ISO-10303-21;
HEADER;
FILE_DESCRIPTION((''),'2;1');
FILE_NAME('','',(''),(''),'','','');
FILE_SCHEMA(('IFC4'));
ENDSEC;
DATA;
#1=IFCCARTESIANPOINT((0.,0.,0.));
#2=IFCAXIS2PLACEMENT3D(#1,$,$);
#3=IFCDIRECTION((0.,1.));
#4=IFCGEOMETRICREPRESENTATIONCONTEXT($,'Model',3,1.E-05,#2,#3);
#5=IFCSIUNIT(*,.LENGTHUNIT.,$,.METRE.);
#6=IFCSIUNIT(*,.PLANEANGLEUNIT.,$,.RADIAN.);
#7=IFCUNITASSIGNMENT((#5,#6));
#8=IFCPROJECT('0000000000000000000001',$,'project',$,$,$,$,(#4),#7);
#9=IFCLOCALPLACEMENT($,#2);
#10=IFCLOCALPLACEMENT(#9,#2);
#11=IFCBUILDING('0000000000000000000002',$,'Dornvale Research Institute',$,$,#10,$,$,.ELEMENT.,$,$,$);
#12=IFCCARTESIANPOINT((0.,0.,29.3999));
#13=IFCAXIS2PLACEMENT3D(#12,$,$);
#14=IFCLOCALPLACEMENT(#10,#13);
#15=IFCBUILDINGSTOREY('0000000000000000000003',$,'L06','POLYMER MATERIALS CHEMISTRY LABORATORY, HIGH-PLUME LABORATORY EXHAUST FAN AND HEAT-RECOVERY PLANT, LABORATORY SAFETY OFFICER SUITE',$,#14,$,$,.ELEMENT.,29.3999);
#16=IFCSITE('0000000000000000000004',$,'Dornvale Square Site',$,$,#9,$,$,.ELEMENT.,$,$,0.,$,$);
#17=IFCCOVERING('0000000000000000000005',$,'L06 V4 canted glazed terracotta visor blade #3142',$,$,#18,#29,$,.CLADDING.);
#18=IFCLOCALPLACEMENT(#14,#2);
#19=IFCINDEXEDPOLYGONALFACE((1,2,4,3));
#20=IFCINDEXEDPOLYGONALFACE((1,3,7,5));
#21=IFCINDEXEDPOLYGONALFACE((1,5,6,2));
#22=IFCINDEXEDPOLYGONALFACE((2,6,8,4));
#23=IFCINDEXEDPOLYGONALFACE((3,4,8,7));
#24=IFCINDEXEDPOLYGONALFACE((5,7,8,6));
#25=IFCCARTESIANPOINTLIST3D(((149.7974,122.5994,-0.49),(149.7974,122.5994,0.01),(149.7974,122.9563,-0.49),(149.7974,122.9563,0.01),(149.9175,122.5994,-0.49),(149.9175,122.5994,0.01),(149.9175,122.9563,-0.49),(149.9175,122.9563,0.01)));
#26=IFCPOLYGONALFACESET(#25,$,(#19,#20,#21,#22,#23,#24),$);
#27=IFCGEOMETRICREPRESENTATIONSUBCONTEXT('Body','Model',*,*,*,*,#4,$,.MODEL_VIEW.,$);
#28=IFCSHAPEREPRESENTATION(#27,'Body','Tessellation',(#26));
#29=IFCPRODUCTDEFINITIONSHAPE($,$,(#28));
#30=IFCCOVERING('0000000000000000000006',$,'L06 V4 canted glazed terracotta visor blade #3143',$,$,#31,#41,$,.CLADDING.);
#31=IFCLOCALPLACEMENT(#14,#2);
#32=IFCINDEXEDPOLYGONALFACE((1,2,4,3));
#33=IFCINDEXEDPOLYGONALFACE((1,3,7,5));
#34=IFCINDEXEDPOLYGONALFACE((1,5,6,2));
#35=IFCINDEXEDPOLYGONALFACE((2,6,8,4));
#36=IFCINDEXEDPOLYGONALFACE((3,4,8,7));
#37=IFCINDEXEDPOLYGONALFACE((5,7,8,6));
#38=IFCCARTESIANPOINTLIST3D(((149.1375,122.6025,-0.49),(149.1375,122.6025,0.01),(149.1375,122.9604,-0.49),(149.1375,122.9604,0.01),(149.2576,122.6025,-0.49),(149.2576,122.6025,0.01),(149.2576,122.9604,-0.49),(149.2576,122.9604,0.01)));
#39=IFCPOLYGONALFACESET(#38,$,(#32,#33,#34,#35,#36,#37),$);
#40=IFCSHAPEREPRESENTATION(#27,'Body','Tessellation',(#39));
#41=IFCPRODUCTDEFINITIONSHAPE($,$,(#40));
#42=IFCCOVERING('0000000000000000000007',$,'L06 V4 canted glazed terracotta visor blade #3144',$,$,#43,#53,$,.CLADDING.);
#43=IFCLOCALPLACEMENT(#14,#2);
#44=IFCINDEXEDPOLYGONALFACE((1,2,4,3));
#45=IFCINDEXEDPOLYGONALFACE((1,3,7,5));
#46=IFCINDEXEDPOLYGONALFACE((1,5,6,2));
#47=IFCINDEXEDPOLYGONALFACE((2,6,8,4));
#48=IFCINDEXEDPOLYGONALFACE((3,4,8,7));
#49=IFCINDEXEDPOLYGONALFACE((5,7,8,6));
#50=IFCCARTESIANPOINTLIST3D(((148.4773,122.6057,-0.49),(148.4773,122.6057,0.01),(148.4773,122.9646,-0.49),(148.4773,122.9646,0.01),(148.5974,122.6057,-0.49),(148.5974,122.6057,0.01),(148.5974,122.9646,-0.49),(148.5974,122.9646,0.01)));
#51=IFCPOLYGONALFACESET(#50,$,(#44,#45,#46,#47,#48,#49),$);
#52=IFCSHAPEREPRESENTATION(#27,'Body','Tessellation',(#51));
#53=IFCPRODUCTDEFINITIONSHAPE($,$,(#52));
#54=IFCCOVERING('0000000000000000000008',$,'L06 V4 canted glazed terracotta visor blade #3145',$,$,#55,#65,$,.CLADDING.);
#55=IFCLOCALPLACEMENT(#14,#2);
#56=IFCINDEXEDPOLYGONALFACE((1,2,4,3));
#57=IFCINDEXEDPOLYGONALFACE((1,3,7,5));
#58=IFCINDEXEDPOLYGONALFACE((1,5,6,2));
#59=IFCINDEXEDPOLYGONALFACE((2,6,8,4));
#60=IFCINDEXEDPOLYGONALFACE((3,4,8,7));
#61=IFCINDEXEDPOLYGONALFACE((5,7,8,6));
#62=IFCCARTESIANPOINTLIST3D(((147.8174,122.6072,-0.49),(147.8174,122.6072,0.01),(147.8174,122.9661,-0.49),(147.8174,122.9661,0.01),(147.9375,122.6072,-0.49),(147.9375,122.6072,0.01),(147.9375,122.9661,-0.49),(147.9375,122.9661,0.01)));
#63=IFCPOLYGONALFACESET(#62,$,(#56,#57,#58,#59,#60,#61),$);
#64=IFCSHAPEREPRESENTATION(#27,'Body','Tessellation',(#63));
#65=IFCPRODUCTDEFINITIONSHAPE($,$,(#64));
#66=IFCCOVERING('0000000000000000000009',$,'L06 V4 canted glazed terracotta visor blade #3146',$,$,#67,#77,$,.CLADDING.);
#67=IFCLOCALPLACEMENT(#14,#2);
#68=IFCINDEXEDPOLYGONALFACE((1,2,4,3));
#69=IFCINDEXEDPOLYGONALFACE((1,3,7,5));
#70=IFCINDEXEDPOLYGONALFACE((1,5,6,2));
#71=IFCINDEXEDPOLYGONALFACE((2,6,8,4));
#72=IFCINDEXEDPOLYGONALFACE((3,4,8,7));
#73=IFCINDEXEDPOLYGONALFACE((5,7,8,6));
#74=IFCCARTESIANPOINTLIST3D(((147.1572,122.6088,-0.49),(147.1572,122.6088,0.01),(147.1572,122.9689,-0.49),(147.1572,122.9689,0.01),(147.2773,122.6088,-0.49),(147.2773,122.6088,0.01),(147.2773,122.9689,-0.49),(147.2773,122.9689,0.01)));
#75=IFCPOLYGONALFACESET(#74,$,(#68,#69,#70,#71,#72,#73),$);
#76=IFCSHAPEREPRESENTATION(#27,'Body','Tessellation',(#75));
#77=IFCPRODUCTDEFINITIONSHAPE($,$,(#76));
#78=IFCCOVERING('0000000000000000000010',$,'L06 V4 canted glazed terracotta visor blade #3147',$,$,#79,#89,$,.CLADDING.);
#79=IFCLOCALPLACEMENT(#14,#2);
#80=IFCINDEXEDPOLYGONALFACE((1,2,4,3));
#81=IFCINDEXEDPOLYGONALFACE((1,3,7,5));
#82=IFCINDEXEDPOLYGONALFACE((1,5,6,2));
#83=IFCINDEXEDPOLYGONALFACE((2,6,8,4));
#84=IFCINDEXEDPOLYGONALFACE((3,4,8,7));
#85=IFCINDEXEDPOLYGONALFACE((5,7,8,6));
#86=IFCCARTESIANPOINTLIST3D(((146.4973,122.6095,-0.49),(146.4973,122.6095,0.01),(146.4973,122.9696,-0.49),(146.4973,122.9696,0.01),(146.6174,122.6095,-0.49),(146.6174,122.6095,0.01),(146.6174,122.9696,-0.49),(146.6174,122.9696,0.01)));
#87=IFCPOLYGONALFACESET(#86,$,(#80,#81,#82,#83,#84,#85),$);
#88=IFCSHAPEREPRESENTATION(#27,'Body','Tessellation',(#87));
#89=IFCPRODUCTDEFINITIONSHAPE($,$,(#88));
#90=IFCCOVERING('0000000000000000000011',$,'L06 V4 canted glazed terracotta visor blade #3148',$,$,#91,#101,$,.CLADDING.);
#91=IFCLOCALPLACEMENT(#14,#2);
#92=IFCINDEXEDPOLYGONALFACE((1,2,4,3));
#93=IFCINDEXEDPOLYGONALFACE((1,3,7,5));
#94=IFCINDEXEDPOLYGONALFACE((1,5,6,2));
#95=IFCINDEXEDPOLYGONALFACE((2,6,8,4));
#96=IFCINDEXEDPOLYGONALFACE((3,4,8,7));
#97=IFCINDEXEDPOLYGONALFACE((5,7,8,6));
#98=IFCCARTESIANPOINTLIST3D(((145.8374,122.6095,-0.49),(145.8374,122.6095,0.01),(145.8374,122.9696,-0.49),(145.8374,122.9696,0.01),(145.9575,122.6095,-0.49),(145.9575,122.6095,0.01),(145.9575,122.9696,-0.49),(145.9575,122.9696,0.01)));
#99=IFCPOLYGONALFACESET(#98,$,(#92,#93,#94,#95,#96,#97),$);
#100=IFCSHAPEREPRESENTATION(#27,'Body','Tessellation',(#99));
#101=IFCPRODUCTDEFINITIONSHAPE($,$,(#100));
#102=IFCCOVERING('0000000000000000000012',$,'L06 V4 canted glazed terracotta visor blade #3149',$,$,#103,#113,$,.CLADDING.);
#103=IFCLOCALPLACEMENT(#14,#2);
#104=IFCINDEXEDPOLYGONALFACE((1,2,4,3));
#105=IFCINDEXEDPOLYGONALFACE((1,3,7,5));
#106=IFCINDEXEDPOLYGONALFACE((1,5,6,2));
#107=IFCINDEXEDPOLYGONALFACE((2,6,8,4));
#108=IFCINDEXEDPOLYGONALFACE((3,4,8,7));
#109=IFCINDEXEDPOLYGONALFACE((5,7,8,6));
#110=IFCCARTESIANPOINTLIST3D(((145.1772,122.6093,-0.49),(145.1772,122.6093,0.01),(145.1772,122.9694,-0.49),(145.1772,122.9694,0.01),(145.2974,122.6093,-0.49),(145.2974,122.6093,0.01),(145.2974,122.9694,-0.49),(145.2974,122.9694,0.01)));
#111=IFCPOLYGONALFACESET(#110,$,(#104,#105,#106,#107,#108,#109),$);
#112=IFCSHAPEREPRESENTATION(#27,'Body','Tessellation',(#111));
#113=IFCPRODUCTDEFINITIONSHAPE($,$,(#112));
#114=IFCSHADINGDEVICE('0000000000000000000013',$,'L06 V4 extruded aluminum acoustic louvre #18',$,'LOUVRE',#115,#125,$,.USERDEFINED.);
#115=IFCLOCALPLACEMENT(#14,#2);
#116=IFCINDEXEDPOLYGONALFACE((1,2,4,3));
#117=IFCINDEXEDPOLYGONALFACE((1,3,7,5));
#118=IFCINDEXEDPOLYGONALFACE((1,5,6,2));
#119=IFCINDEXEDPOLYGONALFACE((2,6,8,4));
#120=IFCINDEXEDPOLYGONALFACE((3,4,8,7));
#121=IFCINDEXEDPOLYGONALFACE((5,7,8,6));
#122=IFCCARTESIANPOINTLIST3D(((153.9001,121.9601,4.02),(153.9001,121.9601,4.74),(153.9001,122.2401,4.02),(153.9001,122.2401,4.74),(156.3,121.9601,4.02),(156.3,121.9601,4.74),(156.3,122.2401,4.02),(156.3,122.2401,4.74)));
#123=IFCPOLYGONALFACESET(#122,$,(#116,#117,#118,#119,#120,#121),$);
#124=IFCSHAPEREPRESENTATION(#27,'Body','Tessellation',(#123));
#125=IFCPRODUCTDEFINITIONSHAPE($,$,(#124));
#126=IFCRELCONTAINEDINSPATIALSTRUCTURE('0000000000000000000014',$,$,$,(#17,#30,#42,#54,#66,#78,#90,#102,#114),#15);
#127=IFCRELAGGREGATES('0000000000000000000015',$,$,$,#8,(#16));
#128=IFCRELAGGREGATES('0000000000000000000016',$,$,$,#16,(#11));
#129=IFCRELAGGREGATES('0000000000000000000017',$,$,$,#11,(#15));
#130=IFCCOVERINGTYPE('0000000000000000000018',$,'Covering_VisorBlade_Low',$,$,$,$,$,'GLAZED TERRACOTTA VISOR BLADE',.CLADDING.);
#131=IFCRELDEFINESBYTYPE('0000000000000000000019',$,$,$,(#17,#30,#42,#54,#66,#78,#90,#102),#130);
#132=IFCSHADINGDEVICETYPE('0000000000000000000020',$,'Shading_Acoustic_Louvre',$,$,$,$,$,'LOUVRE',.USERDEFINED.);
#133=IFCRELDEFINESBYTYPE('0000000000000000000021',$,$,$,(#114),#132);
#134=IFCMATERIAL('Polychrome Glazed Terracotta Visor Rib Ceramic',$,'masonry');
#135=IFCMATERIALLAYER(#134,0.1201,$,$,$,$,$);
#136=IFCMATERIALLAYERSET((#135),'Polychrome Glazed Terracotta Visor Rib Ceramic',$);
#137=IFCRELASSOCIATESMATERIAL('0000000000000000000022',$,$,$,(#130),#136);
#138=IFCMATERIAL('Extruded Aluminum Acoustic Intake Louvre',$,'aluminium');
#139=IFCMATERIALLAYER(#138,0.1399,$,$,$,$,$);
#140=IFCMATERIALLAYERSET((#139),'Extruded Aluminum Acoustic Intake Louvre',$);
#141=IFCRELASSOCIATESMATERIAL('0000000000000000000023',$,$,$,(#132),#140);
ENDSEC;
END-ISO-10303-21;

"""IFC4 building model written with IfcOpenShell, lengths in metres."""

from ifc_helpers import new_model, si_unit, direction, frame, origin, origin_2d, place, context, subcontext, project, spatial, rectangle, extrude, material, layer, layer_set, type_object, element, save


model = new_model("IFC4")

# Units and contexts
model_context = context("Model", 3, precision=1e-05, world=origin(), true_north=direction((0.0, 1.0)))
body_context = subcontext(model_context, "Body", "Model", "MODEL_VIEW")
ifc_project = project(units=[si_unit("LENGTHUNIT", "METRE"), si_unit("PLANEANGLEUNIT", "RADIAN")], contexts=[model_context])

# Site, building, storey
site_placement = place(None, origin())
site = spatial("IfcSite", under=ifc_project, at=site_placement, Name="Dornvale Square Site", CompositionType="ELEMENT", RefElevation=0.0)
building_placement = place(site_placement, origin())
building = spatial("IfcBuilding", under=site, at=building_placement, Name="Dornvale Research Institute", CompositionType="ELEMENT")
storey_placement = place(building_placement, frame((0.0, 0.0, 29.3999)))
storey = spatial("IfcBuildingStorey", under=building, at=storey_placement, Name="L06", Description="POLYMER MATERIALS CHEMISTRY LABORATORY, HIGH-PLUME LABORATORY EXHAUST FAN AND HEAT-RECOVERY PLANT, LABORATORY SAFETY OFFICER SUITE", CompositionType="ELEMENT", Elevation=29.3999)

# Coverings
ifc_material_1 = material(Name="Polychrome Glazed Terracotta Visor Rib Ceramic", Category="masonry")
ifc_layer_1 = layer(ifc_material_1, 0.1201)
ifc_layer_set_1 = layer_set([ifc_layer_1], Name="Polychrome Glazed Terracotta Visor Rib Ceramic")
covering_type = type_object("IfcCoveringType", Name="Covering_VisorBlade_Low", ElementType="GLAZED TERRACOTTA VISOR BLADE", PredefinedType="CLADDING", material=ifc_layer_set_1)
covering_1_placement = place(storey_placement, frame((149.8574, 122.7778, -0.49), z_axis=(0.0, 0.0, 1.0), x_axis=(0.0, 1.0, 0.0)))
element("IfcCovering", 1, at=covering_1_placement, inside=storey, type_object=covering_type, Name="L06 V4 canted glazed terracotta visor blade #3142", PredefinedType="CLADDING", context=body_context, shape_type="SweptSolid", body=[
    extrude(rectangle(XDim=0.3569, YDim=0.1201, at=origin_2d()), origin(), (0.0, 0.0, 1.0), 0.5),
])
covering_2_placement = place(storey_placement, frame((149.1975, 122.7815, -0.49), z_axis=(0.0, 0.0, 1.0), x_axis=(0.0, 1.0, 0.0)))
element("IfcCovering", 2, at=covering_2_placement, inside=storey, type_object=covering_type, Name="L06 V4 canted glazed terracotta visor blade #3143", PredefinedType="CLADDING", context=body_context, shape_type="SweptSolid", body=[
    extrude(rectangle(XDim=0.3579, YDim=0.1201, at=origin_2d()), origin(), (0.0, 0.0, 1.0), 0.5),
])
for number, where, z_axis, x_axis, name in (
    (3, (148.5374, 122.7852, -0.49), (0.0, 0.0, 1.0), (0.0, 1.0, 0.0), "L06 V4 canted glazed terracotta visor blade #3144"),
    (4, (147.8774, 122.7866, -0.49), (0.0, 0.0, 1.0), (0.0, 1.0, 0.0), "L06 V4 canted glazed terracotta visor blade #3145"),
):
    element("IfcCovering", number, at=place(storey_placement, frame(where, z_axis=z_axis, x_axis=x_axis)), inside=storey, type_object=covering_type, Name=name, PredefinedType="CLADDING", context=body_context, shape_type="SweptSolid", body=[
        extrude(rectangle(XDim=0.3589, YDim=0.1201, at=origin_2d()), origin(), (0.0, 0.0, 1.0), 0.5),
    ])
for number, where, z_axis, x_axis, name in (
    (5, (147.2173, 122.7888, -0.49), (0.0, 0.0, 1.0), (0.0, 1.0, 0.0), "L06 V4 canted glazed terracotta visor blade #3146"),
    (6, (146.5574, 122.7896, -0.49), (0.0, 0.0, 1.0), (0.0, 1.0, 0.0), "L06 V4 canted glazed terracotta visor blade #3147"),
    (7, (145.8975, 122.7896, -0.49), (0.0, 0.0, 1.0), (0.0, 1.0, 0.0), "L06 V4 canted glazed terracotta visor blade #3148"),
    (8, (145.2373, 122.7893, -0.49), (0.0, 0.0, 1.0), (0.0, 1.0, 0.0), "L06 V4 canted glazed terracotta visor blade #3149"),
):
    element("IfcCovering", number, at=place(storey_placement, frame(where, z_axis=z_axis, x_axis=x_axis)), inside=storey, type_object=covering_type, Name=name, PredefinedType="CLADDING", context=body_context, shape_type="SweptSolid", body=[
        extrude(rectangle(XDim=0.3601, YDim=0.1201, at=origin_2d()), origin(), (0.0, 0.0, 1.0), 0.5),
    ])

# Shading device
ifc_material_2 = material(Name="Extruded Aluminum Acoustic Intake Louvre", Category="aluminium")
ifc_layer_2 = layer(ifc_material_2, 0.1399)
ifc_layer_set_2 = layer_set([ifc_layer_2], Name="Extruded Aluminum Acoustic Intake Louvre")
shading_device_type = type_object("IfcShadingDeviceType", Name="Shading_Acoustic_Louvre", ElementType="LOUVRE", PredefinedType="USERDEFINED", material=ifc_layer_set_2)
shading_device_placement = place(storey_placement, frame((155.1001, 122.1001, 4.02), z_axis=(0.0, 0.0, 1.0), x_axis=(1.0, 0.0, 0.0)))
element("IfcShadingDevice", 9, at=shading_device_placement, inside=storey, type_object=shading_device_type, Name="L06 V4 extruded aluminum acoustic louvre #18", ObjectType="LOUVRE", PredefinedType="USERDEFINED", context=body_context, shape_type="SweptSolid", body=[
    extrude(rectangle(XDim=2.3999, YDim=0.28, at=origin_2d()), origin(), (0.0, 0.0, 1.0), 0.72),
])

save(model, "model.ifc")
